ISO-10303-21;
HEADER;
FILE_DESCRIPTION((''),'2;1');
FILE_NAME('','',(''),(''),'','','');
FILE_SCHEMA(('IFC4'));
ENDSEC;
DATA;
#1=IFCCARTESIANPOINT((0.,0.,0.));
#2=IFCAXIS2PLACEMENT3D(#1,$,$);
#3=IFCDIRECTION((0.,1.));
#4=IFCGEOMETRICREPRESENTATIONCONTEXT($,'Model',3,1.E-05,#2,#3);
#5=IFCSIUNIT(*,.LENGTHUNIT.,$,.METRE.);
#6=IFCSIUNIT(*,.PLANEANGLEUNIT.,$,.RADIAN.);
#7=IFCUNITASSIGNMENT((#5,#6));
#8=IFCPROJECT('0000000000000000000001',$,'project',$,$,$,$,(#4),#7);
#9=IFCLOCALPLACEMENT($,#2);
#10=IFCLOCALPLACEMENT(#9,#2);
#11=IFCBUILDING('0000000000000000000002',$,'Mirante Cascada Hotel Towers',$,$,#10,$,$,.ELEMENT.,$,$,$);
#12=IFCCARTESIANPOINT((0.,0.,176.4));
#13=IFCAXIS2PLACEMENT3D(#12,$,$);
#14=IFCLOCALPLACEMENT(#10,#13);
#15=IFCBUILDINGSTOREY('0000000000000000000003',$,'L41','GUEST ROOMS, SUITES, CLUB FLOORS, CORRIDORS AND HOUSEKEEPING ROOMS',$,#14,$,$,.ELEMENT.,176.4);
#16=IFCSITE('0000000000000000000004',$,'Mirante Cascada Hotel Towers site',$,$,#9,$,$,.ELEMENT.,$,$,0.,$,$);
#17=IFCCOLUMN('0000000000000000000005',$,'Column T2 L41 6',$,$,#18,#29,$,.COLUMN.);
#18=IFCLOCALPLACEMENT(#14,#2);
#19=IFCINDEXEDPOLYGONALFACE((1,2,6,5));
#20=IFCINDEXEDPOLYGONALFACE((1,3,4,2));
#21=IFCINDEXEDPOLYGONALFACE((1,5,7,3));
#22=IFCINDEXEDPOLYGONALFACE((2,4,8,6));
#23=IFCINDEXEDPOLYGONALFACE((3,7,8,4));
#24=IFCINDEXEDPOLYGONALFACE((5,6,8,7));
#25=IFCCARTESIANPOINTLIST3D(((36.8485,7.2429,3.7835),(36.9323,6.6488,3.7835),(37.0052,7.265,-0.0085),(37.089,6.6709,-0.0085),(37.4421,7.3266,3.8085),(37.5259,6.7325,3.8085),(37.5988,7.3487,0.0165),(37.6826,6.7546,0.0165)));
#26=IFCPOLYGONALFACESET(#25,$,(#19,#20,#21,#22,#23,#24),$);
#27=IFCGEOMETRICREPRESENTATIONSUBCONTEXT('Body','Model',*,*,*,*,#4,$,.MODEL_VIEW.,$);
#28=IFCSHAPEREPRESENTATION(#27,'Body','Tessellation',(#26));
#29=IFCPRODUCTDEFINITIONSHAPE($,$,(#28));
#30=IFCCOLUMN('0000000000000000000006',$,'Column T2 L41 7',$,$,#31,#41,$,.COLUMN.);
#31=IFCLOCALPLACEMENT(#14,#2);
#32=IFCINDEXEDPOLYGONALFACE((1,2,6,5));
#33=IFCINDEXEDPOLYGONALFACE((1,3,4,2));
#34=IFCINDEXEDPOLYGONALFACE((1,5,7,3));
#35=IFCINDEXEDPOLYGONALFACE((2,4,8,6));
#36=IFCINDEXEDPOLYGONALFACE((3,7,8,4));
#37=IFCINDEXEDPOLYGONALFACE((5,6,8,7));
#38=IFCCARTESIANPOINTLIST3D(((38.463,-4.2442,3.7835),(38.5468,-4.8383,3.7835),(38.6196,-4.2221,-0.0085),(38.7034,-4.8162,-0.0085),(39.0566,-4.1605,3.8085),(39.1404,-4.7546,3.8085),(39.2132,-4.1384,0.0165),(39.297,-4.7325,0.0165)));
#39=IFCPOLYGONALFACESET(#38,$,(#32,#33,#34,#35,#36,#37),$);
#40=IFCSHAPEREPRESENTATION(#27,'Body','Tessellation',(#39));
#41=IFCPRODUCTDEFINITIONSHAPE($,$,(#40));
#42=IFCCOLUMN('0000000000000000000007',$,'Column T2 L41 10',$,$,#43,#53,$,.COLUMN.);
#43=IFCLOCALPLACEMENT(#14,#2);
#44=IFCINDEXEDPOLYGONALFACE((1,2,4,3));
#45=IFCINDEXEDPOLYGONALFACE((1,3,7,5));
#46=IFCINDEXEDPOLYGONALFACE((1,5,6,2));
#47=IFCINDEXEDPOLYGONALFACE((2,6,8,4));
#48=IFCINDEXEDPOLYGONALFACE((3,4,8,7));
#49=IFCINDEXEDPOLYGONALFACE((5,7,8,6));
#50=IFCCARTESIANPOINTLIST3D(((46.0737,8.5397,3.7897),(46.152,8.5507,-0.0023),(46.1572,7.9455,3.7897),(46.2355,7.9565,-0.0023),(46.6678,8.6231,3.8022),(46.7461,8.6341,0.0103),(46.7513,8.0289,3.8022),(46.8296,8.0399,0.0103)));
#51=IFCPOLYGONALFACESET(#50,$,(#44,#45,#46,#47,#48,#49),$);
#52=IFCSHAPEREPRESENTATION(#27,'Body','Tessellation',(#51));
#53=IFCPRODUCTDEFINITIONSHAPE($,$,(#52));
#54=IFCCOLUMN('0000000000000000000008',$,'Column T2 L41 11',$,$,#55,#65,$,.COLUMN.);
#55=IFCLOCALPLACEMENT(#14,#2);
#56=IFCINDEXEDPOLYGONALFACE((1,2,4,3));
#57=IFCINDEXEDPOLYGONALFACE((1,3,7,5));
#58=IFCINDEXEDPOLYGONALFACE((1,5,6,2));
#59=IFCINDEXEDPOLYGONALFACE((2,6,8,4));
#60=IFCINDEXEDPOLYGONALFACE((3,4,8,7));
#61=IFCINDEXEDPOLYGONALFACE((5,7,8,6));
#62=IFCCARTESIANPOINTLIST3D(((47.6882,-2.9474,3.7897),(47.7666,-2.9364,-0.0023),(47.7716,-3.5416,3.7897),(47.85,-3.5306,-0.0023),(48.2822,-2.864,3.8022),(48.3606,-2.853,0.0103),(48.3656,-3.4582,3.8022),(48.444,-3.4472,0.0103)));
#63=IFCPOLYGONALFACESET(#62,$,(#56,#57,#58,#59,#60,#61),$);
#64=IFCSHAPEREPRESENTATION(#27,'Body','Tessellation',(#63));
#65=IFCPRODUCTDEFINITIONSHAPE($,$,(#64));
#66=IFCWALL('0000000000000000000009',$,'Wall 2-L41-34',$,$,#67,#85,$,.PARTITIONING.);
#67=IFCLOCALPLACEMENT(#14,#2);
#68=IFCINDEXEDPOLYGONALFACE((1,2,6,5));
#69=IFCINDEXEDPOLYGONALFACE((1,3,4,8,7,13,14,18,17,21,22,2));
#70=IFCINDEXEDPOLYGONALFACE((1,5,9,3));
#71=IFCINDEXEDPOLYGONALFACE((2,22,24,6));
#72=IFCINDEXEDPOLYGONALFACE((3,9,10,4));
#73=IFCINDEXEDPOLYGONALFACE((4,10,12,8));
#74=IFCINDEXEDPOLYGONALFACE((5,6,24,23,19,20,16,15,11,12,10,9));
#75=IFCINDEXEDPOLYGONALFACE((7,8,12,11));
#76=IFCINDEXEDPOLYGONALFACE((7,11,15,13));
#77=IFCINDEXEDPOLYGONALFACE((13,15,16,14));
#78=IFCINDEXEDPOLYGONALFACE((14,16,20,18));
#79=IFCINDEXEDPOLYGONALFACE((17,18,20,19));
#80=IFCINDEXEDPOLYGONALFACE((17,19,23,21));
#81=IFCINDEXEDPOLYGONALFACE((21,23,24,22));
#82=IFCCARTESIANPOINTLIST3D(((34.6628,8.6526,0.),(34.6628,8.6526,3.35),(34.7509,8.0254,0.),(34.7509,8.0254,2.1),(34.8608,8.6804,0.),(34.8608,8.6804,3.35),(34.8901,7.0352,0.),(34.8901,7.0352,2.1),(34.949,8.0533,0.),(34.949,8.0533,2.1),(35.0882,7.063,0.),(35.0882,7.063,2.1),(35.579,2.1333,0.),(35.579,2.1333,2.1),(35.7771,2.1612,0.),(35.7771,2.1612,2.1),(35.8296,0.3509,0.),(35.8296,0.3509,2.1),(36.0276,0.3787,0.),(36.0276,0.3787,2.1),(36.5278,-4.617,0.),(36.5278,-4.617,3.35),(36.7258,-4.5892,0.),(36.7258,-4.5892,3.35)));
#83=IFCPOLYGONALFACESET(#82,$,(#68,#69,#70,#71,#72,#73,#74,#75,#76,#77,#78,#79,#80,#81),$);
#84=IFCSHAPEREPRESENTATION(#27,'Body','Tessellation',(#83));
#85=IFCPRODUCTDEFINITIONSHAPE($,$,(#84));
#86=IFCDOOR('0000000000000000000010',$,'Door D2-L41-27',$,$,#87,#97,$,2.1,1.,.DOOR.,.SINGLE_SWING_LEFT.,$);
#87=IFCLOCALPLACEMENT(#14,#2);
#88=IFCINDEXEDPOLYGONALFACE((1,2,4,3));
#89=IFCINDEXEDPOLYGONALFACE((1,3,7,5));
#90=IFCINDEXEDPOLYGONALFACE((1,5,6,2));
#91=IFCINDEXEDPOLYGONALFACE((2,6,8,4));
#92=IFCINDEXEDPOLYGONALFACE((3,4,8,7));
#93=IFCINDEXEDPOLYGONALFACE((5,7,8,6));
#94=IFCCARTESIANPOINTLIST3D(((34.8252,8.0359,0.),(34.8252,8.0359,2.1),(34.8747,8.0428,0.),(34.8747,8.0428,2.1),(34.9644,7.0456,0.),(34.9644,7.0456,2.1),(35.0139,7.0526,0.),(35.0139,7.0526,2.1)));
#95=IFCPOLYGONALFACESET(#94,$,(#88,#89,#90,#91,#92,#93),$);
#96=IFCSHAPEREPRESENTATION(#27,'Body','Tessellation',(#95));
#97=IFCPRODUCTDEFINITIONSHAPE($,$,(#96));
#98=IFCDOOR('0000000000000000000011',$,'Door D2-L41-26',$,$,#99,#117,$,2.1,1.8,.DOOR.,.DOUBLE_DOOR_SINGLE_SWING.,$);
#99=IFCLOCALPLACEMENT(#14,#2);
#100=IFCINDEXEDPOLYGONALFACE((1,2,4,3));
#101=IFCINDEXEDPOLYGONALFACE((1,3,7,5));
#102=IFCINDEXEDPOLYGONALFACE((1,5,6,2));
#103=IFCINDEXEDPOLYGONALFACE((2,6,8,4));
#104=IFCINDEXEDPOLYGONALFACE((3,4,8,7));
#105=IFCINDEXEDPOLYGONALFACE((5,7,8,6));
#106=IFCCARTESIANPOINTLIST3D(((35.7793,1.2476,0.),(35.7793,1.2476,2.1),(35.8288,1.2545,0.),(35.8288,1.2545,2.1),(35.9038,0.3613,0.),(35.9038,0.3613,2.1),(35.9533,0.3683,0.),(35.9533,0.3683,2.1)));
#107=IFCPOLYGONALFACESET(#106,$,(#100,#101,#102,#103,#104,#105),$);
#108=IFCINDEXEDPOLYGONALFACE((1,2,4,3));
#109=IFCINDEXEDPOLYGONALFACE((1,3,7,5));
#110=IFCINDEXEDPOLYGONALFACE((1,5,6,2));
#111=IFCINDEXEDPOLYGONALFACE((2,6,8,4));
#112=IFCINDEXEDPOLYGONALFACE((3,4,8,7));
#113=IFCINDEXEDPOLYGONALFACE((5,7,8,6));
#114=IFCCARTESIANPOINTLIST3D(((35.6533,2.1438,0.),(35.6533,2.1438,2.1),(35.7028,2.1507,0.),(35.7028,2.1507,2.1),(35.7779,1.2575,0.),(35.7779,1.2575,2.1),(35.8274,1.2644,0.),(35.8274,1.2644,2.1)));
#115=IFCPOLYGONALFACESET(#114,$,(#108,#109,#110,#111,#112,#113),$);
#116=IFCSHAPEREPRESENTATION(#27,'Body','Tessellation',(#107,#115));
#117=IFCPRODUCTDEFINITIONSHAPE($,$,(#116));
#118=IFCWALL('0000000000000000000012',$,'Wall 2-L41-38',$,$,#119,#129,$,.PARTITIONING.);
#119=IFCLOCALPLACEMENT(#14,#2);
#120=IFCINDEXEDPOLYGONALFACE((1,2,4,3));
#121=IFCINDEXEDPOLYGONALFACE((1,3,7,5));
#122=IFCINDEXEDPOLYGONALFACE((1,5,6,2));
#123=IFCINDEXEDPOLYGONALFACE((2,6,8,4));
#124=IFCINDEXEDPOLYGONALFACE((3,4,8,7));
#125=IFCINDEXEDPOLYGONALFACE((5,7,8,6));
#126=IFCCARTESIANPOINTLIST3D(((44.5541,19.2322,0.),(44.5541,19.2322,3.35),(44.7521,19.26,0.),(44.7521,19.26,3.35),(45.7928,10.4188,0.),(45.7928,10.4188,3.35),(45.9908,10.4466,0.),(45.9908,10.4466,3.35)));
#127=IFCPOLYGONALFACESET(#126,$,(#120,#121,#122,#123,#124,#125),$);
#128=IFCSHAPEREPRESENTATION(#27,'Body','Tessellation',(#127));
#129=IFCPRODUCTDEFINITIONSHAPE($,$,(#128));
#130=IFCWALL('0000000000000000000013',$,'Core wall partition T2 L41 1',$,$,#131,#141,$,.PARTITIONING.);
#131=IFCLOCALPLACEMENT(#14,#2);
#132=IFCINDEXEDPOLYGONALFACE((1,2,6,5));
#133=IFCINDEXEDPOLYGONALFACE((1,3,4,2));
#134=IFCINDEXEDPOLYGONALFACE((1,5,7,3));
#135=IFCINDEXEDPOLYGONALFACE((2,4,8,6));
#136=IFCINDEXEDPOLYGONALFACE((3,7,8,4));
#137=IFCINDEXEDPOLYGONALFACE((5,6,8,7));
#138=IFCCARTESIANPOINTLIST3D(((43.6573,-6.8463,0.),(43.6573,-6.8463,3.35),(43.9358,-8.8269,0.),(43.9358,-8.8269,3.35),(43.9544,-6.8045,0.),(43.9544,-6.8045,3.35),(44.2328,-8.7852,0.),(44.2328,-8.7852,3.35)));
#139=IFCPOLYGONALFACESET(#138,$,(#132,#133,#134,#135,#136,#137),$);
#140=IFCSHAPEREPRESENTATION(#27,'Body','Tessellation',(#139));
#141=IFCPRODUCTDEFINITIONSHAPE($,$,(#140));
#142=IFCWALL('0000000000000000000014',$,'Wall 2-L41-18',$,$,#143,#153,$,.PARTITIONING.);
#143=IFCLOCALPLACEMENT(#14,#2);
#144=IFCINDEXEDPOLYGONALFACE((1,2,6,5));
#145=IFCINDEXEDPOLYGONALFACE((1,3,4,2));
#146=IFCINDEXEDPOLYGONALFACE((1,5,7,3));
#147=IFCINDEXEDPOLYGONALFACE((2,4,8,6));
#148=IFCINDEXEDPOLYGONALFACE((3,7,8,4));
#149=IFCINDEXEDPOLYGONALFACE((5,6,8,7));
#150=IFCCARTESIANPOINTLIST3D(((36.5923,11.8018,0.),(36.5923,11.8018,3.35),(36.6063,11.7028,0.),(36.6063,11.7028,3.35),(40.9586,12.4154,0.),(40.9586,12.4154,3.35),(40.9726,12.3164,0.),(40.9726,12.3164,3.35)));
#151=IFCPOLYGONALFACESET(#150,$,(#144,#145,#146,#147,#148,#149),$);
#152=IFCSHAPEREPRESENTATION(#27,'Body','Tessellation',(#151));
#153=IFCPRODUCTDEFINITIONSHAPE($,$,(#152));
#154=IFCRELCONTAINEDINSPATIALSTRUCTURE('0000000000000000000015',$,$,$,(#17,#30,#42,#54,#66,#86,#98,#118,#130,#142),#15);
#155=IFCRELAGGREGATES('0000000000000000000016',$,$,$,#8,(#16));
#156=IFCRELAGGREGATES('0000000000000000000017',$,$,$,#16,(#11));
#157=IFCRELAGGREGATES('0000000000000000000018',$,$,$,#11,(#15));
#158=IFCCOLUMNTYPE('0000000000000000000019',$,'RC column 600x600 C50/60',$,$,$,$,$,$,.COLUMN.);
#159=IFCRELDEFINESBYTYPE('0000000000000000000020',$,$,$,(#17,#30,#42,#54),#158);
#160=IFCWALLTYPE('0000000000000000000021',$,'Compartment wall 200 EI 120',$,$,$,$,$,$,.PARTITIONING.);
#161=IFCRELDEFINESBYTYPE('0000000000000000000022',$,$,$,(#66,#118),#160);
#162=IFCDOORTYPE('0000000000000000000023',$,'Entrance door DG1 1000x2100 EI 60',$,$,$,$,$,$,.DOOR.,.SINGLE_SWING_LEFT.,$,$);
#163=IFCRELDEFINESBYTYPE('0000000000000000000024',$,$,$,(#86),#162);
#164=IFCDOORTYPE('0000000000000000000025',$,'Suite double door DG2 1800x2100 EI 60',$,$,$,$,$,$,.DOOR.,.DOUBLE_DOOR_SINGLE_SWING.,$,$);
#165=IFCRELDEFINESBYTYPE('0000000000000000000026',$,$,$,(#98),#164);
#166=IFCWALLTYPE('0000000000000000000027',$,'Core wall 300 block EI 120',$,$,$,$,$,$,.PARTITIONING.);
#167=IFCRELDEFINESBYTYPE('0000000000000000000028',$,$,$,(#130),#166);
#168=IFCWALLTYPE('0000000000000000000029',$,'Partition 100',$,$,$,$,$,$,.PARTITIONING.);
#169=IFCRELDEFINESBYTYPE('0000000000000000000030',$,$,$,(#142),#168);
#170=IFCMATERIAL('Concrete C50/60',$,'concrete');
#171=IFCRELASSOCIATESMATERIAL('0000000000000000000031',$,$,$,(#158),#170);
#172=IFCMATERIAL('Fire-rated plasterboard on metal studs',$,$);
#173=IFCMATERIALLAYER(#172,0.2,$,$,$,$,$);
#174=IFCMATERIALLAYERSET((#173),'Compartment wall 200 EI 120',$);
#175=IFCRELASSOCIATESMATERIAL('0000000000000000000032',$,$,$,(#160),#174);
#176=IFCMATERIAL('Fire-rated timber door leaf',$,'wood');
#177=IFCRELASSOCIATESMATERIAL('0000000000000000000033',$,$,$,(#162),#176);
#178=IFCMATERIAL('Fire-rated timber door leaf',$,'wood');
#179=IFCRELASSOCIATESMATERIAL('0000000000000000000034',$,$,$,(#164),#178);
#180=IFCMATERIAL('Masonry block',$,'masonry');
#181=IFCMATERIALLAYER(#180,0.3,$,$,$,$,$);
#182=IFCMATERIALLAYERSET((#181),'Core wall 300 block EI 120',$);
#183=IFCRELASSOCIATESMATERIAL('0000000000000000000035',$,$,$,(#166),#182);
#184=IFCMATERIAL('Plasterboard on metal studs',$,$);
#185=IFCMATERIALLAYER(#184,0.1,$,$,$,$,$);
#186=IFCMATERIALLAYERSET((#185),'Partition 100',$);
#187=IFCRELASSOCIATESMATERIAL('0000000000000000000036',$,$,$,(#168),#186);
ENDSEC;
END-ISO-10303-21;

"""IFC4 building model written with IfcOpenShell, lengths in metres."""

from ifc_helpers import new_model, si_unit, direction, frame, frame_2d, origin, origin_2d, place, context, subcontext, project, spatial, rectangle, extrude, material, layer, layer_set, material_profile, profile_set, type_object, element, fill, save


model = new_model("IFC4")

# Units and contexts
model_context = context("Model", 3, precision=1e-05, world=origin(), true_north=direction((0.0, 1.0)))
body_context = subcontext(model_context, "Body", "Model", "MODEL_VIEW")
ifc_project = project(units=[si_unit("LENGTHUNIT", "METRE"), si_unit("PLANEANGLEUNIT", "RADIAN")], contexts=[model_context])

# Site, building, storey
site_placement = place(None, origin())
site = spatial("IfcSite", under=ifc_project, at=site_placement, Name="Mirante Cascada Hotel Towers site", CompositionType="ELEMENT", RefElevation=0.0)
building_placement = place(site_placement, origin())
building = spatial("IfcBuilding", under=site, at=building_placement, Name="Mirante Cascada Hotel Towers", CompositionType="ELEMENT")
storey_placement = place(building_placement, frame((0.0, 0.0, 176.4)))
storey = spatial("IfcBuildingStorey", under=building, at=storey_placement, Name="L41", Description="GUEST ROOMS, SUITES, CLUB FLOORS, CORRIDORS AND HOUSEKEEPING ROOMS", CompositionType="ELEMENT", Elevation=176.4)

# Columns
ifc_material_1 = material(Name="Concrete C50/60", Category="concrete")
ifc_material_profile = material_profile(ifc_material_1, rectangle(XDim=0.6, YDim=0.6, at=origin_2d()), Name="RC column 600x600 C50/60")
ifc_profile_set = profile_set([ifc_material_profile], Name="Concrete C50/60")
column_type = type_object("IfcColumnType", Name="RC column 600x600 C50/60", PredefinedType="COLUMN", material=ifc_profile_set)
for number, where, z_axis, x_axis, name in (
    (1, (37.3439, 7.0098, 0.004), (-0.041288, -0.005823, 0.99913), (0.139652, -0.990201, 0.0), "Column T2 L41 6"),
    (2, (38.9583, -4.4773, 0.004), (-0.041262, -0.005823, 0.999131), (0.139739, -0.990188, 0.0), "Column T2 L41 7"),
):
    element("IfcColumn", number, at=place(storey_placement, frame(where, z_axis=z_axis, x_axis=x_axis)), inside=storey, type_object=column_type, Name=name, PredefinedType="COLUMN", context=body_context, shape_type="SweptSolid", body=[
        extrude(rectangle(XDim=0.6, YDim=0.6, at=origin_2d()), origin(), (0.0, 0.0, 1.0), 3.7953),
    ])
for number, where, z_axis, x_axis, name in (
    (3, (46.4908, 8.2953, 0.004), (-0.020644, -0.0029, 0.999783), (0.139119, -0.990276, 0.0), "Column T2 L41 10"),
    (4, (48.1053, -3.1918, 0.004), (-0.020671, -0.0029, 0.999782), (0.138945, -0.9903, 0.0), "Column T2 L41 11"),
):
    element("IfcColumn", number, at=place(storey_placement, frame(where, z_axis=z_axis, x_axis=x_axis)), inside=storey, type_object=column_type, Name=name, PredefinedType="COLUMN", context=body_context, shape_type="SweptSolid", body=[
        extrude(rectangle(XDim=0.6, YDim=0.6, at=origin_2d()), origin(), (0.0, 0.0, 1.0), 3.7928),
    ])

# Wall, openings, doors
ifc_material_2 = material(Name="Fire-rated plasterboard on metal studs")
ifc_layer_1 = layer(ifc_material_2, 0.2)
ifc_layer_set_1 = layer_set([ifc_layer_1], Name="Compartment wall 200 EI 120")
wall_type_1 = type_object("IfcWallType", Name="Compartment wall 200 EI 120", PredefinedType="PARTITIONING", material=ifc_layer_set_1)
wall_1_placement = place(storey_placement, frame((36.6268, -4.6031, 0.0), z_axis=(0.0, 0.0, 1.0), x_axis=(-0.139179, 0.990267, 0.0)))
wall_1 = element("IfcWall", 5, at=wall_1_placement, inside=storey, type_object=wall_type_1, Name="Wall 2-L41-34", PredefinedType="PARTITIONING", context=body_context, shape_type="SweptSolid", body=[
    extrude(rectangle(XDim=13.4, YDim=0.2, at=frame_2d((6.7, 0.0))), origin(), (0.0, 0.0, 1.0), 3.35),
])
opening_1_placement = place(wall_1_placement, frame((5.0167, 0.0, 0.0)))
opening_1 = element("IfcOpeningElement", 6, at=opening_1_placement, cuts=wall_1, PredefinedType="OPENING", context=body_context, shape_type="SweptSolid", body=[
    extrude(rectangle(XDim=1.8, YDim=2.1, at=frame_2d((0.9, 1.05))), frame((0.0, 0.1, 0.0), z_axis=(0.0, -1.0, 0.0), x_axis=(1.0, 0.0, 0.0)), (0.0, 0.0, 1.0), 0.2),
])
opening_2_placement = place(wall_1_placement, frame((11.7667, 0.0, 0.0)))
opening_2 = element("IfcOpeningElement", 7, at=opening_2_placement, cuts=wall_1, PredefinedType="OPENING", context=body_context, shape_type="SweptSolid", body=[
    extrude(rectangle(XDim=1.0, YDim=2.1, at=frame_2d((0.5, 1.05))), frame((0.0, 0.1, 0.0), z_axis=(0.0, -1.0, 0.0), x_axis=(1.0, 0.0, 0.0)), (0.0, 0.0, 1.0), 0.2),
])
ifc_material_3 = material(Name="Fire-rated timber door leaf", Category="wood")
door_type_1 = type_object("IfcDoorType", Name="Entrance door DG1 1000x2100 EI 60", OperationType="SINGLE_SWING_LEFT", PredefinedType="DOOR", material=ifc_material_3)
door_1_placement = place(opening_2_placement, origin())
door_1 = element("IfcDoor", 8, at=door_1_placement, inside=storey, type_object=door_type_1, Name="Door D2-L41-27", OperationType="SINGLE_SWING_LEFT", OverallHeight=2.1, OverallWidth=1.0, PredefinedType="DOOR", context=body_context, shape_type="SweptSolid", body=[
    extrude(rectangle(XDim=1.0, YDim=2.1, at=frame_2d((0.5, 1.05))), frame((0.0, 0.025, 0.0), z_axis=(0.0, -1.0, 0.0), x_axis=(1.0, 0.0, 0.0)), (0.0, 0.0, 1.0), 0.05),
])
fill(opening_2, door_1)
ifc_material_4 = material(Name="Fire-rated timber door leaf", Category="wood")
door_type_2 = type_object("IfcDoorType", Name="Suite double door DG2 1800x2100 EI 60", OperationType="DOUBLE_DOOR_SINGLE_SWING", PredefinedType="DOOR", material=ifc_material_4)
door_2_placement = place(opening_1_placement, origin())
door_2 = element("IfcDoor", 9, at=door_2_placement, inside=storey, type_object=door_type_2, Name="Door D2-L41-26", OperationType="DOUBLE_DOOR_SINGLE_SWING", OverallHeight=2.1, OverallWidth=1.8, PredefinedType="DOOR", context=body_context, shape_type="SweptSolid", body=[
    extrude(rectangle(XDim=0.895, YDim=2.1, at=frame_2d((0.4475, 1.05))), frame((0.0, 0.025, 0.0), z_axis=(0.0, -1.0, 0.0), x_axis=(1.0, 0.0, 0.0)), (0.0, 0.0, 1.0), 0.05),
    extrude(rectangle(XDim=0.895, YDim=2.1, at=frame_2d((1.3525, 1.05))), frame((0.0, 0.025, 0.0), z_axis=(0.0, -1.0, 0.0), x_axis=(1.0, 0.0, 0.0)), (0.0, 0.0, 1.0), 0.05),
])
fill(opening_1, door_2)

# Walls
wall_2_placement = place(storey_placement, frame((45.8918, 10.4327, 0.0), z_axis=(0.0, 0.0, 1.0), x_axis=(-0.139179, 0.990267, 0.0)))
element("IfcWall", 10, at=wall_2_placement, inside=storey, type_object=wall_type_1, Name="Wall 2-L41-38", PredefinedType="PARTITIONING", context=body_context, shape_type="SweptSolid", body=[
    extrude(rectangle(XDim=8.9, YDim=0.2, at=frame_2d((4.45, 0.0))), origin(), (0.0, 0.0, 1.0), 3.35),
])
ifc_material_5 = material(Name="Masonry block", Category="masonry")
ifc_layer_2 = layer(ifc_material_5, 0.3)
ifc_layer_set_2 = layer_set([ifc_layer_2], Name="Core wall 300 block EI 120")
wall_type_2 = type_object("IfcWallType", Name="Core wall 300 block EI 120", PredefinedType="PARTITIONING", material=ifc_layer_set_2)
wall_3_placement = place(storey_placement, frame((44.0843, -8.8061, 0.0), z_axis=(0.0, 0.0, 1.0), x_axis=(-0.139195, 0.990265, 0.0)))
element("IfcWall", 11, at=wall_3_placement, inside=storey, type_object=wall_type_2, Name="Core wall partition T2 L41 1", PredefinedType="PARTITIONING", context=body_context, shape_type="SweptSolid", body=[
    extrude(rectangle(XDim=2.0001, YDim=0.3, at=frame_2d((1.0001, 0.0))), origin(), (0.0, 0.0, 1.0), 3.35),
])
ifc_material_6 = material(Name="Plasterboard on metal studs")
ifc_layer_3 = layer(ifc_material_6, 0.1)
ifc_layer_set_3 = layer_set([ifc_layer_3], Name="Partition 100")
wall_type_3 = type_object("IfcWallType", Name="Partition 100", PredefinedType="PARTITIONING", material=ifc_layer_set_3)
wall_4_placement = place(storey_placement, frame((36.5993, 11.7523, 0.0), z_axis=(0.0, 0.0, 1.0), x_axis=(0.990269, 0.139163, 0.0)))
element("IfcWall", 12, at=wall_4_placement, inside=storey, type_object=wall_type_3, Name="Wall 2-L41-18", PredefinedType="PARTITIONING", context=body_context, shape_type="SweptSolid", body=[
    extrude(rectangle(XDim=4.4092, YDim=0.1, at=frame_2d((2.2046, 0.0))), origin(), (0.0, 0.0, 1.0), 3.35),
])

save(model, "model.ifc")
